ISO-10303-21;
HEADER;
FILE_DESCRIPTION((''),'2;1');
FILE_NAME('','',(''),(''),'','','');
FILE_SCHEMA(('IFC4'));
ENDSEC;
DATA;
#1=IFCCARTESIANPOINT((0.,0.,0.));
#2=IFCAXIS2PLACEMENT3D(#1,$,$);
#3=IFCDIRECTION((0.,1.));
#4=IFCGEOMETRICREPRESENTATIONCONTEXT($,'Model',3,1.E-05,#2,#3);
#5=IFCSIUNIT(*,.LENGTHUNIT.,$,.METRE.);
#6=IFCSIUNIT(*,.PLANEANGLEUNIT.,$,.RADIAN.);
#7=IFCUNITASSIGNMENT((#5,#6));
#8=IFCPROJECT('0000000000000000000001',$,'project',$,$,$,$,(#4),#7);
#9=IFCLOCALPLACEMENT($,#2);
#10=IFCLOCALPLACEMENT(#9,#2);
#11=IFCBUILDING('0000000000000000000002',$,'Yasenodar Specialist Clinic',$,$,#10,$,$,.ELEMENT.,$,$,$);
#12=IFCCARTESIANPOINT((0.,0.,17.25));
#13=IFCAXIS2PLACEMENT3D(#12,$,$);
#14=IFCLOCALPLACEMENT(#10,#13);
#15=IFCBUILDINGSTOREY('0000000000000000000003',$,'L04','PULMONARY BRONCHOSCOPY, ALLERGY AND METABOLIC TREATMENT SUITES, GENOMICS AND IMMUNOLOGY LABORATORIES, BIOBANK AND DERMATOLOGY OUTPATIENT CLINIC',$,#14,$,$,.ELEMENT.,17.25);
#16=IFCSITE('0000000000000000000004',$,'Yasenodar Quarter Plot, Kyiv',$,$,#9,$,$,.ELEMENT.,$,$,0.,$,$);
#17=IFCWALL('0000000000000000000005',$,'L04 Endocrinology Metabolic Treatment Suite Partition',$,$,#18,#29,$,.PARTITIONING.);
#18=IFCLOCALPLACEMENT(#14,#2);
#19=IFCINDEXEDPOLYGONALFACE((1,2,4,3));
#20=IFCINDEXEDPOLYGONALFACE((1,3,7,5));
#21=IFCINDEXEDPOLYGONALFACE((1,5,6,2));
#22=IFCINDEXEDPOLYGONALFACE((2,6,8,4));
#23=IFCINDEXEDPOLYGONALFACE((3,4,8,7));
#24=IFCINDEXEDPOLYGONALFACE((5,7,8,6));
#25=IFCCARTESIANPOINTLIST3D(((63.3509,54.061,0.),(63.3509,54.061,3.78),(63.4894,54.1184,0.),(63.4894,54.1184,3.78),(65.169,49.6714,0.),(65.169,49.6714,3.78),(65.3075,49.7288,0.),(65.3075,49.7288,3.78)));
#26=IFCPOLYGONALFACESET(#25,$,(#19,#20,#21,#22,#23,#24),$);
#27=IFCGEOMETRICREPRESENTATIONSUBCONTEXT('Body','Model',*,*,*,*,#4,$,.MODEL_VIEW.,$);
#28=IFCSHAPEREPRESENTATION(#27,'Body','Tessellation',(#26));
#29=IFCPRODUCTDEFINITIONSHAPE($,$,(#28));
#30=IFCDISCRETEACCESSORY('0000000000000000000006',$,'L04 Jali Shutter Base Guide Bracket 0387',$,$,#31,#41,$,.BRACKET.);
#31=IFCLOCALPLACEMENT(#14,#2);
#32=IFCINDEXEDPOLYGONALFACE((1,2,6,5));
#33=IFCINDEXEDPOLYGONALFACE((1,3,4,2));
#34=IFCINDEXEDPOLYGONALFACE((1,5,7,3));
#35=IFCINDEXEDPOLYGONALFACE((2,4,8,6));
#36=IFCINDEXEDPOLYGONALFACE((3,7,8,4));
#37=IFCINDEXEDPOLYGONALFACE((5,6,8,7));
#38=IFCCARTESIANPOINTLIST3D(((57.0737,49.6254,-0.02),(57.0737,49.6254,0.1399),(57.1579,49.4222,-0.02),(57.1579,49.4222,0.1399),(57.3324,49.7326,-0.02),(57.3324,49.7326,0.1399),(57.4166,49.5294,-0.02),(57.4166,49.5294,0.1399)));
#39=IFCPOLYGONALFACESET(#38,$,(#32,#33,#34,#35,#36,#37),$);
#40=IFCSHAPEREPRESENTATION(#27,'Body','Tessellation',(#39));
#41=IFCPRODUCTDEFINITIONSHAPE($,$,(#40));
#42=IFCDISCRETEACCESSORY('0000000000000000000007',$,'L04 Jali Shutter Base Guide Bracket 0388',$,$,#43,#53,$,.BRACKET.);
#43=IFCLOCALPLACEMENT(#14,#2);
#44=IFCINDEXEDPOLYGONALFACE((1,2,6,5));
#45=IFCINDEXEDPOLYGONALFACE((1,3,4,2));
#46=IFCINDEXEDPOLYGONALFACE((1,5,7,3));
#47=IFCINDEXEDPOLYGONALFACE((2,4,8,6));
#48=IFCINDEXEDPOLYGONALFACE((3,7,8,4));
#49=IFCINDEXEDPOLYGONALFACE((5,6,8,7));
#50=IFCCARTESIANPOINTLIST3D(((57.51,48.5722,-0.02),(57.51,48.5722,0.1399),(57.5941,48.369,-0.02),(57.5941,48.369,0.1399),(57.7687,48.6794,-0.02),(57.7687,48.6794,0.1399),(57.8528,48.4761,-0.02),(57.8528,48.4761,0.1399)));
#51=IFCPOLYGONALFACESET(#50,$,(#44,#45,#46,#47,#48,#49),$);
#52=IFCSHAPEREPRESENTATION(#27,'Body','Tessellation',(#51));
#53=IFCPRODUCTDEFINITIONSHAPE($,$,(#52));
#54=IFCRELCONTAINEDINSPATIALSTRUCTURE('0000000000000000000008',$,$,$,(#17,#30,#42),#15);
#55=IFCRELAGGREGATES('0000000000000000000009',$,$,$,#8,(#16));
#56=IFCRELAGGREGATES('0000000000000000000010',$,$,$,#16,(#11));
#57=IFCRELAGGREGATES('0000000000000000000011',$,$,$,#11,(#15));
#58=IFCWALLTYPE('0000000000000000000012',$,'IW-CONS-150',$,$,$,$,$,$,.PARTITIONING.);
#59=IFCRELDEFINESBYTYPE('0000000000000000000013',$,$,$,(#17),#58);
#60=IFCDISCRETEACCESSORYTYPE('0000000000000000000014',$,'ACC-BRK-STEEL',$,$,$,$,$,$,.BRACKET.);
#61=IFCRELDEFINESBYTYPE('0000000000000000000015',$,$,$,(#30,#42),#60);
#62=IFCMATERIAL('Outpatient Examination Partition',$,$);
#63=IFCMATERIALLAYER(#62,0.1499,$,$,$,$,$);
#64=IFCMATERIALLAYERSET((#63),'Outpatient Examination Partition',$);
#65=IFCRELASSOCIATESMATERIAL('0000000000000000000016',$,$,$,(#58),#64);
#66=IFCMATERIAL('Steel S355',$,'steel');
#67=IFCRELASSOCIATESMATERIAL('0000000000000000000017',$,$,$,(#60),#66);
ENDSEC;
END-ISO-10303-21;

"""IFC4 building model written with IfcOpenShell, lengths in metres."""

from ifc_helpers import new_model, si_unit, direction, frame, frame_2d, origin, origin_2d, place, context, subcontext, project, spatial, rectangle, extrude, material, layer, layer_set, type_object, element, save


model = new_model("IFC4")

# Units and contexts
model_context = context("Model", 3, precision=1e-05, world=origin(), true_north=direction((0.0, 1.0)))
body_context = subcontext(model_context, "Body", "Model", "MODEL_VIEW")
ifc_project = project(units=[si_unit("LENGTHUNIT", "METRE"), si_unit("PLANEANGLEUNIT", "RADIAN")], contexts=[model_context])

# Site, building, storey
site_placement = place(None, origin())
site = spatial("IfcSite", under=ifc_project, at=site_placement, Name="Yasenodar Quarter Plot, Kyiv", CompositionType="ELEMENT", RefElevation=0.0)
building_placement = place(site_placement, origin())
building = spatial("IfcBuilding", under=site, at=building_placement, Name="Yasenodar Specialist Clinic", CompositionType="ELEMENT")
storey_placement = place(building_placement, frame((0.0, 0.0, 17.25)))
storey = spatial("IfcBuildingStorey", under=building, at=storey_placement, Name="L04", Description="PULMONARY BRONCHOSCOPY, ALLERGY AND METABOLIC TREATMENT SUITES, GENOMICS AND IMMUNOLOGY LABORATORIES, BIOBANK AND DERMATOLOGY OUTPATIENT CLINIC", CompositionType="ELEMENT", Elevation=17.25)

# Shared definitions
ifc_material_1 = material(Name="Steel S355", Category="steel")

# Wall
ifc_material_2 = material(Name="Outpatient Examination Partition")
ifc_layer_1 = layer(ifc_material_2, 0.1499)
ifc_layer_set_1 = layer_set([ifc_layer_1], Name="Outpatient Examination Partition")
wall_type = type_object("IfcWallType", Name="IW-CONS-150", PredefinedType="PARTITIONING", material=ifc_layer_set_1)
for number, where, z_axis, x_axis, name in (
    (1, (63.4202, 54.0896, 0.0), (0.0, 0.0, 1.0), (0.382659, -0.92389, 0.0), "L04 Endocrinology Metabolic Treatment Suite Partition"),
):
    element("IfcWall", number, at=place(storey_placement, frame(where, z_axis=z_axis, x_axis=x_axis)), inside=storey, type_object=wall_type, Name=name, PredefinedType="PARTITIONING", context=body_context, shape_type="SweptSolid", body=[
        extrude(rectangle(XDim=4.7512, YDim=0.1499, at=frame_2d((2.3755, 0.0))), origin(), (0.0, 0.0, 1.0), 3.78),
    ])

# Discrete accessories
discrete_accessory_type = type_object("IfcDiscreteAccessoryType", Name="ACC-BRK-STEEL", PredefinedType="BRACKET", material=ifc_material_1)
for number, where, z_axis, x_axis, name in (
    (2, (57.2451, 49.5774, -0.02), (0.0, 0.0, 1.0), (0.382687, -0.923878, 0.0), "L04 Jali Shutter Base Guide Bracket 0387"),
    (3, (57.6814, 48.5242, -0.02), (0.0, 0.0, 1.0), (0.382687, -0.923878, 0.0), "L04 Jali Shutter Base Guide Bracket 0388"),
):
    element("IfcDiscreteAccessory", number, at=place(storey_placement, frame(where, z_axis=z_axis, x_axis=x_axis)), inside=storey, type_object=discrete_accessory_type, Name=name, PredefinedType="BRACKET", context=body_context, shape_type="SweptSolid", body=[
        extrude(rectangle(XDim=0.22, YDim=0.28, at=origin_2d()), origin(), (0.0, 0.0, 1.0), 0.1599),
    ])

save(model, "model.ifc")
